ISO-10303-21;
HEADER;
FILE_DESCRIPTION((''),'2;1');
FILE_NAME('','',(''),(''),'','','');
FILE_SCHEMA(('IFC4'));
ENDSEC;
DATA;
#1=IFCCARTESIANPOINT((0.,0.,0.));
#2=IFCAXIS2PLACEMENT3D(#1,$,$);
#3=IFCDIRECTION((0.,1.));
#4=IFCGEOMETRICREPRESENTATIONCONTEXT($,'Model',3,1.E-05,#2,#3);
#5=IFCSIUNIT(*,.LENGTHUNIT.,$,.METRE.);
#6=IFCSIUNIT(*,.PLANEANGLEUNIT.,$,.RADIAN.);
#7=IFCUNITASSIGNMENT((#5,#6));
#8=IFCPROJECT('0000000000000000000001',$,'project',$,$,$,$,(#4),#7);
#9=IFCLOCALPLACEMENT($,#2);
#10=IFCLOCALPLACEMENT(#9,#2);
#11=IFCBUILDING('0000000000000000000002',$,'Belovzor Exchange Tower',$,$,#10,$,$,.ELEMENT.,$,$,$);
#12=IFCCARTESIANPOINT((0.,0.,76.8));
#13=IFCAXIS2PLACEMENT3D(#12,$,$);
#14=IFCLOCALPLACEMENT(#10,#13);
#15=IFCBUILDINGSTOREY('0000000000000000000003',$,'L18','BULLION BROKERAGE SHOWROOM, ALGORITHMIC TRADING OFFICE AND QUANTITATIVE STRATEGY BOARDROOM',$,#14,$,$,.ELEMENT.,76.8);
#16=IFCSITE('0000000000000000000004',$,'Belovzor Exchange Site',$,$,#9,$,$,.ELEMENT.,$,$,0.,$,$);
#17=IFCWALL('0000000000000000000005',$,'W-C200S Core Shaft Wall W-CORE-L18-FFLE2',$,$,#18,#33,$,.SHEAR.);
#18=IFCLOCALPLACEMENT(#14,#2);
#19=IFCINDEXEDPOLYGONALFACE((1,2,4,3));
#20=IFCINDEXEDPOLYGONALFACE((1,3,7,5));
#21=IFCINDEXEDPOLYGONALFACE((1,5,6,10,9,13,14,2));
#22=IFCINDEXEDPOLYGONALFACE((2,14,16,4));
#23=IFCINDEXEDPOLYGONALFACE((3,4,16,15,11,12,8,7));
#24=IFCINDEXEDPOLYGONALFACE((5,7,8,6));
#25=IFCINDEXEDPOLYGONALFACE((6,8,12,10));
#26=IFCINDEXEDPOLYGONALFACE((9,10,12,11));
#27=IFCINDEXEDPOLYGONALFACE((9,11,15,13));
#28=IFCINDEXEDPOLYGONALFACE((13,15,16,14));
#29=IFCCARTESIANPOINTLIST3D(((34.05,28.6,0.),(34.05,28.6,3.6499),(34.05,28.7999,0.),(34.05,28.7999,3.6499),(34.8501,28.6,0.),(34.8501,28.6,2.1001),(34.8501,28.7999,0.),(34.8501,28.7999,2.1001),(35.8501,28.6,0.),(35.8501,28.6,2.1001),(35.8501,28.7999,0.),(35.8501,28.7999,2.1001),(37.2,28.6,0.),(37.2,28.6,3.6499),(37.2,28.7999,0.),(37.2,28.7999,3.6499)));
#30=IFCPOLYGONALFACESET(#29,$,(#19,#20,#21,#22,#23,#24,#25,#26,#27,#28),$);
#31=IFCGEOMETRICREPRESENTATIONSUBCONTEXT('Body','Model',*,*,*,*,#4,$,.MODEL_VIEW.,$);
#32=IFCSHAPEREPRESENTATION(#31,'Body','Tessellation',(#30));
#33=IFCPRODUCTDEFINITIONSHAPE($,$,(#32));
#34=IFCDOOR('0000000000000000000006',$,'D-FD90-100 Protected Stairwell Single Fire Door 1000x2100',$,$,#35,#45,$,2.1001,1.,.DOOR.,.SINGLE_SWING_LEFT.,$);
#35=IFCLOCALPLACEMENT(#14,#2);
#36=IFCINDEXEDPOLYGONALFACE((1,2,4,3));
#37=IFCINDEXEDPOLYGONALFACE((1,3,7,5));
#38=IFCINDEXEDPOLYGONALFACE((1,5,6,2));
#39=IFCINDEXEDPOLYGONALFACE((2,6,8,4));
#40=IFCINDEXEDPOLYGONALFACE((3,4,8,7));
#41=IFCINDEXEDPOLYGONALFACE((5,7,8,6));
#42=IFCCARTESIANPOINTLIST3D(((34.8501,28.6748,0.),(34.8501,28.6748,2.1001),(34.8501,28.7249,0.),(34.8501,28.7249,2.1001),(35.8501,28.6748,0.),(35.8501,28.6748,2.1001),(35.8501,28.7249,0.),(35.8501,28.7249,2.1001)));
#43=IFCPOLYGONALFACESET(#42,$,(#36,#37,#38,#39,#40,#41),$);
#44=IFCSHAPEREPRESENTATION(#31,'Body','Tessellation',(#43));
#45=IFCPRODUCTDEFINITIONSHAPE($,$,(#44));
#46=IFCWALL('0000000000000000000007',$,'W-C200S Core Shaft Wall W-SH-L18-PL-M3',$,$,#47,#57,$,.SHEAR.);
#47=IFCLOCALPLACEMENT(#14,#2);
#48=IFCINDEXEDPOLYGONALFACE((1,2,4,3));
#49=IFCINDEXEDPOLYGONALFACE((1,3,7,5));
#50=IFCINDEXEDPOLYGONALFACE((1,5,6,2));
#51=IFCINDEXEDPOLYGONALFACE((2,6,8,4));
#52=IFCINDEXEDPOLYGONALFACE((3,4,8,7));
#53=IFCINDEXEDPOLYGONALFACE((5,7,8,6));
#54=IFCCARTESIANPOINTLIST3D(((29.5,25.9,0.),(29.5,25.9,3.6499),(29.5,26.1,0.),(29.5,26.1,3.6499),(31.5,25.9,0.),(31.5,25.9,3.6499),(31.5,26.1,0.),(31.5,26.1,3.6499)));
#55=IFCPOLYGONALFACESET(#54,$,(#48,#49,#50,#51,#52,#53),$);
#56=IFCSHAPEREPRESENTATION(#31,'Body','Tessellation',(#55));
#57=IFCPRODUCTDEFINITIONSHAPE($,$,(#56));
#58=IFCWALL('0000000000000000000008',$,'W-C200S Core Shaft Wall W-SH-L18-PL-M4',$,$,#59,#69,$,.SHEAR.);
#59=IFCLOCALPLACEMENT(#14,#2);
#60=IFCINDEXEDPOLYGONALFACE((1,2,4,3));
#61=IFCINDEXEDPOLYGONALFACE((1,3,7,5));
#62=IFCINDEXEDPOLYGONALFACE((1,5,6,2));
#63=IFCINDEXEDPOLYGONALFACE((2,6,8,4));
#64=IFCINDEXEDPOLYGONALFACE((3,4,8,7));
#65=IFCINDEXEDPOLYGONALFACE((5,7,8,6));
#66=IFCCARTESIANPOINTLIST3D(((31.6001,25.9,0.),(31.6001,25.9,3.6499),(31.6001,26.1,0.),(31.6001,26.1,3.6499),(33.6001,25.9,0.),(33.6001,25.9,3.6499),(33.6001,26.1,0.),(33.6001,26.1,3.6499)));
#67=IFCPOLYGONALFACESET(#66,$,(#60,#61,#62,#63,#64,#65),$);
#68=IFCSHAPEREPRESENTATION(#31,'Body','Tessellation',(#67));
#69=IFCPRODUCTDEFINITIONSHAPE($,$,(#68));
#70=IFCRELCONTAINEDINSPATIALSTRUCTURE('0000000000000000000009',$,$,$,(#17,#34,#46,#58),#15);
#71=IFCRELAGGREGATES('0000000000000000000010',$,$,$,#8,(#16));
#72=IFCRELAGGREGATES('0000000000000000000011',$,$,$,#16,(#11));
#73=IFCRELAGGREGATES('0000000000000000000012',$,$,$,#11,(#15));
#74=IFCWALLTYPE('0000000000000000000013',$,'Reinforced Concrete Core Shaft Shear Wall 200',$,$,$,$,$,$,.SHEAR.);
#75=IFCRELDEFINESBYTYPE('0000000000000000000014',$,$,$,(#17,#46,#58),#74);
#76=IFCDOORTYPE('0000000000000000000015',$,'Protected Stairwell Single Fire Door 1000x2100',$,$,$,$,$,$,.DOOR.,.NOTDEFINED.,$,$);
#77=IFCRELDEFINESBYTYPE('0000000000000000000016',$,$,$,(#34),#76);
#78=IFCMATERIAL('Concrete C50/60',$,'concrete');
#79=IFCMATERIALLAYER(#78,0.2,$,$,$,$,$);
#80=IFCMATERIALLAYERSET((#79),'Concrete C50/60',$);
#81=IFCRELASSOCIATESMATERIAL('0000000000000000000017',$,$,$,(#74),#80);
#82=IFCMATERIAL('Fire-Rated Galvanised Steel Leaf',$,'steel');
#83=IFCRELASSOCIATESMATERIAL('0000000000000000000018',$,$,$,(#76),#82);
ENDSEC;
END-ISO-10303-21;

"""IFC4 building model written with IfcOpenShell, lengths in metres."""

from ifc_helpers import new_model, si_unit, direction, frame, frame_2d, origin, place, context, subcontext, project, spatial, rectangle, extrude, material, layer, layer_set, type_object, element, fill, save


model = new_model("IFC4")

# Units and contexts
model_context = context("Model", 3, precision=1e-05, world=origin(), true_north=direction((0.0, 1.0)))
body_context = subcontext(model_context, "Body", "Model", "MODEL_VIEW")
ifc_project = project(units=[si_unit("LENGTHUNIT", "METRE"), si_unit("PLANEANGLEUNIT", "RADIAN")], contexts=[model_context])

# Site, building, storey
site_placement = place(None, origin())
site = spatial("IfcSite", under=ifc_project, at=site_placement, Name="Belovzor Exchange Site", CompositionType="ELEMENT", RefElevation=0.0)
building_placement = place(site_placement, origin())
building = spatial("IfcBuilding", under=site, at=building_placement, Name="Belovzor Exchange Tower", CompositionType="ELEMENT")
storey_placement = place(building_placement, frame((0.0, 0.0, 76.8)))
storey = spatial("IfcBuildingStorey", under=building, at=storey_placement, Name="L18", Description="BULLION BROKERAGE SHOWROOM, ALGORITHMIC TRADING OFFICE AND QUANTITATIVE STRATEGY BOARDROOM", CompositionType="ELEMENT", Elevation=76.8)

# Wall, opening, door
ifc_material_1 = material(Name="Concrete C50/60", Category="concrete")
ifc_layer_1 = layer(ifc_material_1, 0.2)
ifc_layer_set_1 = layer_set([ifc_layer_1], Name="Concrete C50/60")
wall_type_1 = type_object("IfcWallType", Name="Reinforced Concrete Core Shaft Shear Wall 200", PredefinedType="SHEAR", material=ifc_layer_set_1)
wall_1_placement = place(storey_placement, frame((34.05, 28.7, 0.0), z_axis=(0.0, 0.0, 1.0), x_axis=(1.0, 0.0, 0.0)))
wall_1 = element("IfcWall", 1, at=wall_1_placement, inside=storey, type_object=wall_type_1, Name="W-C200S Core Shaft Wall W-CORE-L18-FFLE2", PredefinedType="SHEAR", context=body_context, shape_type="SweptSolid", body=[
    extrude(rectangle(XDim=3.1499, YDim=0.2, at=frame_2d((1.575, 0.0))), origin(), (0.0, 0.0, 1.0), 3.6499),
])
opening_1_placement = place(wall_1_placement, frame((0.8, 0.0, 0.0)))
opening_1 = element("IfcOpeningElement", 2, at=opening_1_placement, cuts=wall_1, PredefinedType="OPENING", context=body_context, shape_type="SweptSolid", body=[
    extrude(rectangle(XDim=1.0, YDim=2.1001, at=frame_2d((0.5, 1.05))), frame((0.0, 0.1099, 0.0), z_axis=(0.0, -1.0, 0.0), x_axis=(1.0, 0.0, 0.0)), (0.0, 0.0, 1.0), 0.22),
])
ifc_material_2 = material(Name="Fire-Rated Galvanised Steel Leaf", Category="steel")
door_type_1 = type_object("IfcDoorType", Name="Protected Stairwell Single Fire Door 1000x2100", OperationType="NOTDEFINED", PredefinedType="DOOR", material=ifc_material_2)
door_1_placement = place(opening_1_placement, origin())
door_1 = element("IfcDoor", 3, at=door_1_placement, inside=storey, type_object=door_type_1, Name="D-FD90-100 Protected Stairwell Single Fire Door 1000x2100", OperationType="SINGLE_SWING_LEFT", OverallHeight=2.1001, OverallWidth=1.0, PredefinedType="DOOR", context=body_context, shape_type="SweptSolid", body=[
    extrude(rectangle(XDim=1.0, YDim=2.1001, at=frame_2d((0.5, 1.05))), frame((0.0, 0.0249, 0.0), z_axis=(0.0, -1.0, 0.0), x_axis=(1.0, 0.0, 0.0)), (0.0, 0.0, 1.0), 0.05),
])
fill(opening_1, door_1)

# Walls
for number, where, z_axis, x_axis, name in (
    (4, (29.5, 26.0, 0.0), (0.0, 0.0, 1.0), (1.0, 0.0, 0.0), "W-C200S Core Shaft Wall W-SH-L18-PL-M3"),
    (5, (31.6001, 26.0, 0.0), (0.0, 0.0, 1.0), (1.0, 0.0, 0.0), "W-C200S Core Shaft Wall W-SH-L18-PL-M4"),
):
    element("IfcWall", number, at=place(storey_placement, frame(where, z_axis=z_axis, x_axis=x_axis)), inside=storey, type_object=wall_type_1, Name=name, PredefinedType="SHEAR", context=body_context, shape_type="SweptSolid", body=[
        extrude(rectangle(XDim=2.0, YDim=0.2, at=frame_2d((1.0, 0.0))), origin(), (0.0, 0.0, 1.0), 3.6499),
    ])

save(model, "model.ifc")
